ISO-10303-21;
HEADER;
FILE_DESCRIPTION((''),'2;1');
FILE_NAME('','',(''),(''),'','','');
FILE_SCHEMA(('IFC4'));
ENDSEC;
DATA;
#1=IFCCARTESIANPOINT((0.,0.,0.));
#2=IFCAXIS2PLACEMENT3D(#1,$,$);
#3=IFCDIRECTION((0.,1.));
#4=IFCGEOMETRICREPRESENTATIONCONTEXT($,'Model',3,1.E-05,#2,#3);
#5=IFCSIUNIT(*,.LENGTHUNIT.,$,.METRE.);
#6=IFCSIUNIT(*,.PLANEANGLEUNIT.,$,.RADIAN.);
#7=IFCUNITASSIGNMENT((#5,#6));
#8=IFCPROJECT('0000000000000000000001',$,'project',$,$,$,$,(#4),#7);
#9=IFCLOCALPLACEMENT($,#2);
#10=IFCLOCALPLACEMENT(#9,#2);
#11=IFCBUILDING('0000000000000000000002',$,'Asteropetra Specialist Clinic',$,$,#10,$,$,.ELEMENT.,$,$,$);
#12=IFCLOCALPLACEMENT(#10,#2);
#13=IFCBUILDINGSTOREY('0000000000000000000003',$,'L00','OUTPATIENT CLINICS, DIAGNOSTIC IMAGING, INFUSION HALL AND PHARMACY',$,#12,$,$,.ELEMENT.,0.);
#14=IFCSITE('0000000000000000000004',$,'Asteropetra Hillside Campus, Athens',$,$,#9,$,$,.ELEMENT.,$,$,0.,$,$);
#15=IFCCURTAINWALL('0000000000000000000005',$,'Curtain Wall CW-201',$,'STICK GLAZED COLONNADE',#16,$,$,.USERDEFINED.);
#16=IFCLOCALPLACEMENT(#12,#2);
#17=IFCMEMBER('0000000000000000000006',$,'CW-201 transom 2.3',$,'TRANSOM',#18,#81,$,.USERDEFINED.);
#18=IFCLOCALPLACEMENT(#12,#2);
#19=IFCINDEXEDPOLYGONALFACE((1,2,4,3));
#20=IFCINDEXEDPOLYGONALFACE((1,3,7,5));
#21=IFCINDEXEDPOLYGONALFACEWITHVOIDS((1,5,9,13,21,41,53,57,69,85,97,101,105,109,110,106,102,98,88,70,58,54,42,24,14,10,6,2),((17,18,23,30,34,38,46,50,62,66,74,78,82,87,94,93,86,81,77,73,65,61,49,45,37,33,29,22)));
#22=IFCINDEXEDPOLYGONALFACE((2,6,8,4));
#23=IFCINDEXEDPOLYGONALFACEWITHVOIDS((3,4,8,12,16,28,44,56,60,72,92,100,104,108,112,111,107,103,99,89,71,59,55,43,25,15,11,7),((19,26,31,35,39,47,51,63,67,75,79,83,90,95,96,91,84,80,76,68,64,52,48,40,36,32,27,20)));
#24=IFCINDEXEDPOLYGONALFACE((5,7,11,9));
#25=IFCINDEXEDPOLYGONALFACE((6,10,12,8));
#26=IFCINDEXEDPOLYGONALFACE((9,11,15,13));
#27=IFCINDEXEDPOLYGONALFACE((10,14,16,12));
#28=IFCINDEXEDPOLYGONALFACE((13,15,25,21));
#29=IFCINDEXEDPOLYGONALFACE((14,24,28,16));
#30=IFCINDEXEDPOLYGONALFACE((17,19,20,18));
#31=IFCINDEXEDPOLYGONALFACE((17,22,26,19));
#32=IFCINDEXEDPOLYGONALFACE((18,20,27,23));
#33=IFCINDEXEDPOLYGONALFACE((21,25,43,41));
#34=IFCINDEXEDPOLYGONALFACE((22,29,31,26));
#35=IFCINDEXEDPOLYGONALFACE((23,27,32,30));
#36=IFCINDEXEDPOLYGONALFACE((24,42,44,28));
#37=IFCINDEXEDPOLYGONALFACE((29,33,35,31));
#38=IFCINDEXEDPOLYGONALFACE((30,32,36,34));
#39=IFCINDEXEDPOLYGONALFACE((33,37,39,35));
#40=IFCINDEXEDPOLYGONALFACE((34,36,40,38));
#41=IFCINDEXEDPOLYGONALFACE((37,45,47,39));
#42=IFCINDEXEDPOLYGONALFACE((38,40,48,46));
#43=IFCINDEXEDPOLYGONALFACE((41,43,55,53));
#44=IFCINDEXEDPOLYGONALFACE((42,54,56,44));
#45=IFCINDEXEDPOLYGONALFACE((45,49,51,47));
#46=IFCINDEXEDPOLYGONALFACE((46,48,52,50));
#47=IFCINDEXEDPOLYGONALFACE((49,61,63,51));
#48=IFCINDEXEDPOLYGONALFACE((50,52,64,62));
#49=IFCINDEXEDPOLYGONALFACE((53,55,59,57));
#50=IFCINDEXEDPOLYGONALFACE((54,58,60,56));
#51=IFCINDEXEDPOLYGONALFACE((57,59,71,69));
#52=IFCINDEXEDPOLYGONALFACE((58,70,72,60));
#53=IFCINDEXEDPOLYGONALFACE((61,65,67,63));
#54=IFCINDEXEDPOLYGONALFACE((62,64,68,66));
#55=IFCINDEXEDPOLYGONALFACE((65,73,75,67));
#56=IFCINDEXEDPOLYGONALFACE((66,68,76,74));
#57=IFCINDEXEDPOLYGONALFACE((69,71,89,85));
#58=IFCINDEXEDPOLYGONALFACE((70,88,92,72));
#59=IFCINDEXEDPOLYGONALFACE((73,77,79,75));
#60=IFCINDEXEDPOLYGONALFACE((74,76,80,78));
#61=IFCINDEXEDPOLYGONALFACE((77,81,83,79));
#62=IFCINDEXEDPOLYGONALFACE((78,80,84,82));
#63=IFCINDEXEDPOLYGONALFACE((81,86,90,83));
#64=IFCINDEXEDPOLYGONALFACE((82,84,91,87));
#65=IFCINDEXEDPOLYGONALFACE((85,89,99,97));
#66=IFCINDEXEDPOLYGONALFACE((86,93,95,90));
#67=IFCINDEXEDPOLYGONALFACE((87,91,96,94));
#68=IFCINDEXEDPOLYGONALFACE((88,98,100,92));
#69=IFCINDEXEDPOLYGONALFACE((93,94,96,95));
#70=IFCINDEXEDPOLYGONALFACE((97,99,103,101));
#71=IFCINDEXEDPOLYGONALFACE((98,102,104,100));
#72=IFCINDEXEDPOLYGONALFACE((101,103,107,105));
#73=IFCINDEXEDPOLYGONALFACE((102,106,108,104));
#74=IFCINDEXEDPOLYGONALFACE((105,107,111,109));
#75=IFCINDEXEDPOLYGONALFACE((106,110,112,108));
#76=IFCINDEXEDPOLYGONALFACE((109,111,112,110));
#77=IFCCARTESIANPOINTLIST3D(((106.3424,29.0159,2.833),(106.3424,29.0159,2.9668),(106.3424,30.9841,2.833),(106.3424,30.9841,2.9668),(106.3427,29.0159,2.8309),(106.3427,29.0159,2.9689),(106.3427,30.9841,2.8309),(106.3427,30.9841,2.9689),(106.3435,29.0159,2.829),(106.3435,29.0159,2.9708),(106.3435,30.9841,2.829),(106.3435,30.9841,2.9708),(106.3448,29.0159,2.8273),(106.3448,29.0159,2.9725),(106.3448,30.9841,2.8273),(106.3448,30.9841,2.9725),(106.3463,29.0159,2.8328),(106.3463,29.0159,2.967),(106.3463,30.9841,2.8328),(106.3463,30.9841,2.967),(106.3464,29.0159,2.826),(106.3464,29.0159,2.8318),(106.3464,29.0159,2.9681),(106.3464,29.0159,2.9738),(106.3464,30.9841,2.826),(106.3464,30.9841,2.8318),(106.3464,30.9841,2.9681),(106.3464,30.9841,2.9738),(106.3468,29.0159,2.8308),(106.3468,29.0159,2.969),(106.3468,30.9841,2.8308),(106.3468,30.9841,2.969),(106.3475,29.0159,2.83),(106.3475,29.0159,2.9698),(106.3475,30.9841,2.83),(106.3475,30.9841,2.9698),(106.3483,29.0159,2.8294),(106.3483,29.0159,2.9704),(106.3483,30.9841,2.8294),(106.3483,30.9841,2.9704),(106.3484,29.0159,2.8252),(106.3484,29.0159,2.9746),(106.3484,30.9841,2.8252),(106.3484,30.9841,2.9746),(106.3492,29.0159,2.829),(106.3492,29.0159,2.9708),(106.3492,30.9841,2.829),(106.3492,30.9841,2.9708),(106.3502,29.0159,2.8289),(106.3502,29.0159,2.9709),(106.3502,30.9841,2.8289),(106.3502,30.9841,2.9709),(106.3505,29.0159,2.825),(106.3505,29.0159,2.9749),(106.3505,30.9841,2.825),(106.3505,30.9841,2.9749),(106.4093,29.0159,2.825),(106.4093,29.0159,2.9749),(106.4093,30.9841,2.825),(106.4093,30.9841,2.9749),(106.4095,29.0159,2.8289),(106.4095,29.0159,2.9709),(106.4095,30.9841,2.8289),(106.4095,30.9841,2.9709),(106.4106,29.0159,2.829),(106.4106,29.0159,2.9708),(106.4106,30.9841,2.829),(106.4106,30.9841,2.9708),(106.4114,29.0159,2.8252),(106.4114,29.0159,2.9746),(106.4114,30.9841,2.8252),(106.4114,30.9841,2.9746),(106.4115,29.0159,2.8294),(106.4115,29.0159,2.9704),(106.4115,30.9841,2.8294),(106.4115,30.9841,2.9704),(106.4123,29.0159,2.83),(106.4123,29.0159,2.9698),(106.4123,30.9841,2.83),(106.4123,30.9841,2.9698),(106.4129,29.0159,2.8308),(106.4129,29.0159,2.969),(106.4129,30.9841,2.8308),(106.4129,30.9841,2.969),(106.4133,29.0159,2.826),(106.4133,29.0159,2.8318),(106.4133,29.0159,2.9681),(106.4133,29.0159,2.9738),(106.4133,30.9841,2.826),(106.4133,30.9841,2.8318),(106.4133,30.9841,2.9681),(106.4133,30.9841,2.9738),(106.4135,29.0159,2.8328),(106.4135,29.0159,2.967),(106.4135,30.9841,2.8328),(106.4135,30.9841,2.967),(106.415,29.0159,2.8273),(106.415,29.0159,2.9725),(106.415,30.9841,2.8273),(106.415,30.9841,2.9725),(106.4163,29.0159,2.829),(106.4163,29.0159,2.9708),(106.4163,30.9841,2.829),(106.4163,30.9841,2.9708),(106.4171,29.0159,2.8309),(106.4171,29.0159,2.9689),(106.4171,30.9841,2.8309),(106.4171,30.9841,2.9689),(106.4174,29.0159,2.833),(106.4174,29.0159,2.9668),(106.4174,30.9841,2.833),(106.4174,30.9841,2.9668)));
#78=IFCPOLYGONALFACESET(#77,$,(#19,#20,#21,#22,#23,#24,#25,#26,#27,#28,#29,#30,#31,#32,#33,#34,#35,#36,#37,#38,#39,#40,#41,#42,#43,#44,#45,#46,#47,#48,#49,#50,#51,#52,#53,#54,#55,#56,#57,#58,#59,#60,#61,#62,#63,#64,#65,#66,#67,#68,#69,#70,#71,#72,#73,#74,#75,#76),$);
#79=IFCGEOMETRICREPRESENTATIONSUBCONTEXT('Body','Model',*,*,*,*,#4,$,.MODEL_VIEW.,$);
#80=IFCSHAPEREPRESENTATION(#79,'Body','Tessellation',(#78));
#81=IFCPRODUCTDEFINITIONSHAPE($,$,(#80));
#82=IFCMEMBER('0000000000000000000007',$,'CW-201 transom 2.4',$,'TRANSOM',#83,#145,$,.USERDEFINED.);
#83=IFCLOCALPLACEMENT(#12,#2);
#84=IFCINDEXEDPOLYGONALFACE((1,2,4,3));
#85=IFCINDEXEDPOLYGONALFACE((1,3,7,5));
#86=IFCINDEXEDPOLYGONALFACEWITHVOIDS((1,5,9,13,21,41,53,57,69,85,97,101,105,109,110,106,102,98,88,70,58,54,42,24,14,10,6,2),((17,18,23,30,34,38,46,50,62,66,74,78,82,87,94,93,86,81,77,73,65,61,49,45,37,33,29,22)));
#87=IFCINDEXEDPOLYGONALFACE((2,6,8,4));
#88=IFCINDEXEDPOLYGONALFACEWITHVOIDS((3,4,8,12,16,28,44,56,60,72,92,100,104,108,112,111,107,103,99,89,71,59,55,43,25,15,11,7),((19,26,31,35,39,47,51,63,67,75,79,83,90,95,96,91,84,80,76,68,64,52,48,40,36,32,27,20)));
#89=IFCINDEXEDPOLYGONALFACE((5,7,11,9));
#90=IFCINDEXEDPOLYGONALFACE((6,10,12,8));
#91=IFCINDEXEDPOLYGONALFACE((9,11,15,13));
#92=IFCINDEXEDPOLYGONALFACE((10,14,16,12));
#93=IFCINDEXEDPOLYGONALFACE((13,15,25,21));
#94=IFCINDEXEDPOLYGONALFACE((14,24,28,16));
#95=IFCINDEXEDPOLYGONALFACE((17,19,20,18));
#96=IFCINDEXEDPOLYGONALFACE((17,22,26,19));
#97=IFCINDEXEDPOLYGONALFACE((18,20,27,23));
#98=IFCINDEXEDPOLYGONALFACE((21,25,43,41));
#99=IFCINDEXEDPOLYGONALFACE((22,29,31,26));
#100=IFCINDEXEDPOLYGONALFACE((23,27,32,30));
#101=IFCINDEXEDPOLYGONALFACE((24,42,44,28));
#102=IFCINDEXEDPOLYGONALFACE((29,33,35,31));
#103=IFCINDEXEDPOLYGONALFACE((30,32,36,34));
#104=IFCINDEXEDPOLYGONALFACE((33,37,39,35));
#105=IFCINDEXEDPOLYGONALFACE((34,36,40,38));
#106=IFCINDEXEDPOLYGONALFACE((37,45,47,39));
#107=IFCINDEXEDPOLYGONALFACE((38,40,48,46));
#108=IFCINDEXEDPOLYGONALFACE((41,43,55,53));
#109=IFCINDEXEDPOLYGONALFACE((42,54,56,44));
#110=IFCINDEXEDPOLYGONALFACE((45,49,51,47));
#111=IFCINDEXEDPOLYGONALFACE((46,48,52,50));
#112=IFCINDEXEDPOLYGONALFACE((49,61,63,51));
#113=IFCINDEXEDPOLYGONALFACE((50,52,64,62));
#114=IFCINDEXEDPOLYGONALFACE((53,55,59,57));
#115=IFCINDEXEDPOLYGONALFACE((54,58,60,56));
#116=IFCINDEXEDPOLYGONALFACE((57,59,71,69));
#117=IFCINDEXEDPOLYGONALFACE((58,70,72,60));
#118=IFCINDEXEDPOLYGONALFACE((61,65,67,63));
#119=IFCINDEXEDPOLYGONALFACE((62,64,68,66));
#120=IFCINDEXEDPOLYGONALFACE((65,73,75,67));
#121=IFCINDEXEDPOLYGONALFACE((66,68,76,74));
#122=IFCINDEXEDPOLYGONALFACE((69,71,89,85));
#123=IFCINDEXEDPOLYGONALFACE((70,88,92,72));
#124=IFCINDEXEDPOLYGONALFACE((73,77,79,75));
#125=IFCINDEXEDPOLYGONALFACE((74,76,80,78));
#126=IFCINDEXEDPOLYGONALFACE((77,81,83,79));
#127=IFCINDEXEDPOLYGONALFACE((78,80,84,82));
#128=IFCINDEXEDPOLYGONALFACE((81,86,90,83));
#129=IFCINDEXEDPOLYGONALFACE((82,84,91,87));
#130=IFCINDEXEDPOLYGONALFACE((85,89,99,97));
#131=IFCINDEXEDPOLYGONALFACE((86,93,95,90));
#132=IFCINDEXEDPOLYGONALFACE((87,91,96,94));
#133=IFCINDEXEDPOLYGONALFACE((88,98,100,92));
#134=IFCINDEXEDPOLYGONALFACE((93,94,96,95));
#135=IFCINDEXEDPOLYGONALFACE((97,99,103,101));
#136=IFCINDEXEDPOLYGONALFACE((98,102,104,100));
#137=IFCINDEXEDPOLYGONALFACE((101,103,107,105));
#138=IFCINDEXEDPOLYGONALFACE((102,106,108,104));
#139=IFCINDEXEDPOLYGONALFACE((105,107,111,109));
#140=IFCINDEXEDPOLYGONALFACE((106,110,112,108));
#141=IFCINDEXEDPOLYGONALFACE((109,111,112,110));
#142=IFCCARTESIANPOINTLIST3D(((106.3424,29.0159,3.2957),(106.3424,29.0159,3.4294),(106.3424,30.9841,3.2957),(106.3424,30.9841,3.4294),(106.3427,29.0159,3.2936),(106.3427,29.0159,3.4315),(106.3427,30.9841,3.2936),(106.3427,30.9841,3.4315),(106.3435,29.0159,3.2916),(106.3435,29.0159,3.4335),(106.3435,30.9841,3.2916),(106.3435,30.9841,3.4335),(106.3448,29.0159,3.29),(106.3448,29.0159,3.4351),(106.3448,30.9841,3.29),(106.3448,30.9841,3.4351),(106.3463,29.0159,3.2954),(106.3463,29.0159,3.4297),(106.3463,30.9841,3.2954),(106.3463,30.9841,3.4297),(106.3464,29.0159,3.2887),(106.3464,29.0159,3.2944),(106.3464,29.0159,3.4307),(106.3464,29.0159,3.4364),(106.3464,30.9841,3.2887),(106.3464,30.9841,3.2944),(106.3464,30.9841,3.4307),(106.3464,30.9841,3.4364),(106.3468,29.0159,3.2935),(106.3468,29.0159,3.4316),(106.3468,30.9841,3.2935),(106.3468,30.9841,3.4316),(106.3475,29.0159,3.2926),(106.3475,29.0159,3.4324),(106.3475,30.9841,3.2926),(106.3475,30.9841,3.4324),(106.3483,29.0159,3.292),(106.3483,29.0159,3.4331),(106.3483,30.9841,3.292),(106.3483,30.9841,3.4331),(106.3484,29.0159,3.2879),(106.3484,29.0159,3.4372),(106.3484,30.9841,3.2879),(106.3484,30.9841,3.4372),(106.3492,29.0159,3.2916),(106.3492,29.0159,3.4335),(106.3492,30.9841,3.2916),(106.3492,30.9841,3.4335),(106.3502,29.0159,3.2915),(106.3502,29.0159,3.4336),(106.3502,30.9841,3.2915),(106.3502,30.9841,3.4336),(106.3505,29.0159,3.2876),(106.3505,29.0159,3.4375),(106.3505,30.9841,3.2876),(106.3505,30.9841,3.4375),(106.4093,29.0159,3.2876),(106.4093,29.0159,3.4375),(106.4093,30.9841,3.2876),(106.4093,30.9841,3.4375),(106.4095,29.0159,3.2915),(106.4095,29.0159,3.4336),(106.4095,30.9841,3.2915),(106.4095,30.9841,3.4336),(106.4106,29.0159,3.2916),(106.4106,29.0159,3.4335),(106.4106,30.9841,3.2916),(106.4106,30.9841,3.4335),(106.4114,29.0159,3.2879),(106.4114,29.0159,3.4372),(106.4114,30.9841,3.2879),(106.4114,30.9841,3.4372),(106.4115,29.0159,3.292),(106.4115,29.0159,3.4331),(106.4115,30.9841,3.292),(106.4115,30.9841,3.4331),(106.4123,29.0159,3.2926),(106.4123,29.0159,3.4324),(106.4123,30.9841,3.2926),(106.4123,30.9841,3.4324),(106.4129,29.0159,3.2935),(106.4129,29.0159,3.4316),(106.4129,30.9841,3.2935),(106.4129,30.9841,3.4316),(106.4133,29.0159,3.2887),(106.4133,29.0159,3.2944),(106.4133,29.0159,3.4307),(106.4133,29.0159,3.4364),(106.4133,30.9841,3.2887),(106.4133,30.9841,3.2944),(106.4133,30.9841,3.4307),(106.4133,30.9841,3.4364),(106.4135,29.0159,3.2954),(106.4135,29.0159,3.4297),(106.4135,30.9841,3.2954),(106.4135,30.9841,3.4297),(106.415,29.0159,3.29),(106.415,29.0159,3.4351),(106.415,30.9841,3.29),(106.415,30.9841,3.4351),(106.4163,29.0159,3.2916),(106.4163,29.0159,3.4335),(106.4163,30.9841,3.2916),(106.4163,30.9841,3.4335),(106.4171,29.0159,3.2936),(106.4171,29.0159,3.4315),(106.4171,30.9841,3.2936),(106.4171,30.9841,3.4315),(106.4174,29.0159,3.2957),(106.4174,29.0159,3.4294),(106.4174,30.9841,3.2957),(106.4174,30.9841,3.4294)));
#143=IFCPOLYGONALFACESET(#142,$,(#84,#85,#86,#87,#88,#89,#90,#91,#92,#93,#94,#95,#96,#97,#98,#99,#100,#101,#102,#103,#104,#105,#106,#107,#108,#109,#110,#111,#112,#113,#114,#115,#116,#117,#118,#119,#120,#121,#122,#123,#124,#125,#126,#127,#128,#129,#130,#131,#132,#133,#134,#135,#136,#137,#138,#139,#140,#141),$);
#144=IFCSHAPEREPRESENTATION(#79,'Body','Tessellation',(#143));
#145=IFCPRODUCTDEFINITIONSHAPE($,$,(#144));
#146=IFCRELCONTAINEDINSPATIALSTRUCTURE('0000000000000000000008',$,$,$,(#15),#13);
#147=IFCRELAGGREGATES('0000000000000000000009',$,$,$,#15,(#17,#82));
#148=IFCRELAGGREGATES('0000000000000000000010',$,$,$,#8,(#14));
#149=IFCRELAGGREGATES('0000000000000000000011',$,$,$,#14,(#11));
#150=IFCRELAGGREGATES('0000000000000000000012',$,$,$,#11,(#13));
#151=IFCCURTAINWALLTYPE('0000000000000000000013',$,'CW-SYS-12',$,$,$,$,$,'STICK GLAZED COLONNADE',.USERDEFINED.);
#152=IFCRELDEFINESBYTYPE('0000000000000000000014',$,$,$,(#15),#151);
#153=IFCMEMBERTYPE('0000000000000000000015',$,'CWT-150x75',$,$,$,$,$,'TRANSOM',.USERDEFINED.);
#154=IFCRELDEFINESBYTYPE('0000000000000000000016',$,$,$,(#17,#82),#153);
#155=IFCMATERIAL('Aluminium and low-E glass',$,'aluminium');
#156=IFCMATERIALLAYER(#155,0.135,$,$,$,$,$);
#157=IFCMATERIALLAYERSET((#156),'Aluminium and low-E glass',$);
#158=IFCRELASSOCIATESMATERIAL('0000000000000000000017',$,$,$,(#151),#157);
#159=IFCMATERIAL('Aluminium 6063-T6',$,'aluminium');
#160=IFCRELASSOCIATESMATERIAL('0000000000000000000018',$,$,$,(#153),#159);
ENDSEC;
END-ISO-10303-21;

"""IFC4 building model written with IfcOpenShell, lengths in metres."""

from ifc_helpers import new_model, si_unit, direction, frame, origin, origin_2d, place, context, subcontext, project, spatial, hollow_rectangle, extrude, material, layer, layer_set, material_profile, profile_set, type_object, element, aggregate, save


model = new_model("IFC4")

# Units and contexts
model_context = context("Model", 3, precision=1e-05, world=origin(), true_north=direction((0.0, 1.0)))
body_context = subcontext(model_context, "Body", "Model", "MODEL_VIEW")
ifc_project = project(units=[si_unit("LENGTHUNIT", "METRE"), si_unit("PLANEANGLEUNIT", "RADIAN")], contexts=[model_context])

# Site, building, storey
site_placement = place(None, origin())
site = spatial("IfcSite", under=ifc_project, at=site_placement, Name="Asteropetra Hillside Campus, Athens", CompositionType="ELEMENT", RefElevation=0.0)
building_placement = place(site_placement, origin())
building = spatial("IfcBuilding", under=site, at=building_placement, Name="Asteropetra Specialist Clinic", CompositionType="ELEMENT")
storey_placement = place(building_placement, origin())
storey = spatial("IfcBuildingStorey", under=building, at=storey_placement, Name="L00", Description="OUTPATIENT CLINICS, DIAGNOSTIC IMAGING, INFUSION HALL AND PHARMACY", CompositionType="ELEMENT", Elevation=0.0)

# Curtain wall
ifc_material_1 = material(Name="Aluminium and low-E glass", Category="aluminium")
ifc_layer_1 = layer(ifc_material_1, 0.135)
ifc_layer_set_1 = layer_set([ifc_layer_1], Name="Aluminium and low-E glass")
curtain_wall_type_1 = type_object("IfcCurtainWallType", Name="CW-SYS-12", ElementType="STICK GLAZED COLONNADE", PredefinedType="USERDEFINED", material=ifc_layer_set_1)
curtain_wall_1_placement = place(storey_placement, origin())
curtain_wall_1 = element("IfcCurtainWall", 1, at=curtain_wall_1_placement, inside=storey, type_object=curtain_wall_type_1, Name="Curtain Wall CW-201", ObjectType="STICK GLAZED COLONNADE", PredefinedType="USERDEFINED")

# Members
ifc_material_2 = material(Name="Aluminium 6063-T6", Category="aluminium")
ifc_material_profile_1 = material_profile(ifc_material_2, hollow_rectangle(XDim=0.075, YDim=0.1499, WallThickness=0.0039, InnerFilletRadius=0.0039, OuterFilletRadius=0.0081, at=origin_2d()), Name="TRN 150x75x4.0")
ifc_profile_set_1 = profile_set([ifc_material_profile_1], Name="Aluminium 6063-T6")
member_type_1 = type_object("IfcMemberType", Name="CWT-150x75", ElementType="TRANSOM", PredefinedType="USERDEFINED", material=ifc_profile_set_1)
member_1_placement = place(storey_placement, frame((106.3799, 30.9841, 2.8999), z_axis=(0.0, -1.0, 0.0), x_axis=(1.0, 0.0, 0.0)))
member_1 = element("IfcMember", 2, at=member_1_placement, type_object=member_type_1, Name="CW-201 transom 2.3", ObjectType="TRANSOM", PredefinedType="USERDEFINED", context=body_context, shape_type="SweptSolid", body=[
    extrude(hollow_rectangle(XDim=0.075, YDim=0.1499, WallThickness=0.0039, InnerFilletRadius=0.0039, OuterFilletRadius=0.0081, at=origin_2d()), origin(), (0.0, 0.0, 1.0), 1.9683),
])
member_2_placement = place(storey_placement, frame((106.3799, 30.9841, 3.3625), z_axis=(0.0, -1.0, 0.0), x_axis=(1.0, 0.0, 0.0)))
member_2 = element("IfcMember", 3, at=member_2_placement, type_object=member_type_1, Name="CW-201 transom 2.4", ObjectType="TRANSOM", PredefinedType="USERDEFINED", context=body_context, shape_type="SweptSolid", body=[
    extrude(hollow_rectangle(XDim=0.075, YDim=0.1499, WallThickness=0.0039, InnerFilletRadius=0.0039, OuterFilletRadius=0.0081, at=origin_2d()), origin(), (0.0, 0.0, 1.0), 1.9683),
])

aggregate(curtain_wall_1, [member_1, member_2])

save(model, "model.ifc")
